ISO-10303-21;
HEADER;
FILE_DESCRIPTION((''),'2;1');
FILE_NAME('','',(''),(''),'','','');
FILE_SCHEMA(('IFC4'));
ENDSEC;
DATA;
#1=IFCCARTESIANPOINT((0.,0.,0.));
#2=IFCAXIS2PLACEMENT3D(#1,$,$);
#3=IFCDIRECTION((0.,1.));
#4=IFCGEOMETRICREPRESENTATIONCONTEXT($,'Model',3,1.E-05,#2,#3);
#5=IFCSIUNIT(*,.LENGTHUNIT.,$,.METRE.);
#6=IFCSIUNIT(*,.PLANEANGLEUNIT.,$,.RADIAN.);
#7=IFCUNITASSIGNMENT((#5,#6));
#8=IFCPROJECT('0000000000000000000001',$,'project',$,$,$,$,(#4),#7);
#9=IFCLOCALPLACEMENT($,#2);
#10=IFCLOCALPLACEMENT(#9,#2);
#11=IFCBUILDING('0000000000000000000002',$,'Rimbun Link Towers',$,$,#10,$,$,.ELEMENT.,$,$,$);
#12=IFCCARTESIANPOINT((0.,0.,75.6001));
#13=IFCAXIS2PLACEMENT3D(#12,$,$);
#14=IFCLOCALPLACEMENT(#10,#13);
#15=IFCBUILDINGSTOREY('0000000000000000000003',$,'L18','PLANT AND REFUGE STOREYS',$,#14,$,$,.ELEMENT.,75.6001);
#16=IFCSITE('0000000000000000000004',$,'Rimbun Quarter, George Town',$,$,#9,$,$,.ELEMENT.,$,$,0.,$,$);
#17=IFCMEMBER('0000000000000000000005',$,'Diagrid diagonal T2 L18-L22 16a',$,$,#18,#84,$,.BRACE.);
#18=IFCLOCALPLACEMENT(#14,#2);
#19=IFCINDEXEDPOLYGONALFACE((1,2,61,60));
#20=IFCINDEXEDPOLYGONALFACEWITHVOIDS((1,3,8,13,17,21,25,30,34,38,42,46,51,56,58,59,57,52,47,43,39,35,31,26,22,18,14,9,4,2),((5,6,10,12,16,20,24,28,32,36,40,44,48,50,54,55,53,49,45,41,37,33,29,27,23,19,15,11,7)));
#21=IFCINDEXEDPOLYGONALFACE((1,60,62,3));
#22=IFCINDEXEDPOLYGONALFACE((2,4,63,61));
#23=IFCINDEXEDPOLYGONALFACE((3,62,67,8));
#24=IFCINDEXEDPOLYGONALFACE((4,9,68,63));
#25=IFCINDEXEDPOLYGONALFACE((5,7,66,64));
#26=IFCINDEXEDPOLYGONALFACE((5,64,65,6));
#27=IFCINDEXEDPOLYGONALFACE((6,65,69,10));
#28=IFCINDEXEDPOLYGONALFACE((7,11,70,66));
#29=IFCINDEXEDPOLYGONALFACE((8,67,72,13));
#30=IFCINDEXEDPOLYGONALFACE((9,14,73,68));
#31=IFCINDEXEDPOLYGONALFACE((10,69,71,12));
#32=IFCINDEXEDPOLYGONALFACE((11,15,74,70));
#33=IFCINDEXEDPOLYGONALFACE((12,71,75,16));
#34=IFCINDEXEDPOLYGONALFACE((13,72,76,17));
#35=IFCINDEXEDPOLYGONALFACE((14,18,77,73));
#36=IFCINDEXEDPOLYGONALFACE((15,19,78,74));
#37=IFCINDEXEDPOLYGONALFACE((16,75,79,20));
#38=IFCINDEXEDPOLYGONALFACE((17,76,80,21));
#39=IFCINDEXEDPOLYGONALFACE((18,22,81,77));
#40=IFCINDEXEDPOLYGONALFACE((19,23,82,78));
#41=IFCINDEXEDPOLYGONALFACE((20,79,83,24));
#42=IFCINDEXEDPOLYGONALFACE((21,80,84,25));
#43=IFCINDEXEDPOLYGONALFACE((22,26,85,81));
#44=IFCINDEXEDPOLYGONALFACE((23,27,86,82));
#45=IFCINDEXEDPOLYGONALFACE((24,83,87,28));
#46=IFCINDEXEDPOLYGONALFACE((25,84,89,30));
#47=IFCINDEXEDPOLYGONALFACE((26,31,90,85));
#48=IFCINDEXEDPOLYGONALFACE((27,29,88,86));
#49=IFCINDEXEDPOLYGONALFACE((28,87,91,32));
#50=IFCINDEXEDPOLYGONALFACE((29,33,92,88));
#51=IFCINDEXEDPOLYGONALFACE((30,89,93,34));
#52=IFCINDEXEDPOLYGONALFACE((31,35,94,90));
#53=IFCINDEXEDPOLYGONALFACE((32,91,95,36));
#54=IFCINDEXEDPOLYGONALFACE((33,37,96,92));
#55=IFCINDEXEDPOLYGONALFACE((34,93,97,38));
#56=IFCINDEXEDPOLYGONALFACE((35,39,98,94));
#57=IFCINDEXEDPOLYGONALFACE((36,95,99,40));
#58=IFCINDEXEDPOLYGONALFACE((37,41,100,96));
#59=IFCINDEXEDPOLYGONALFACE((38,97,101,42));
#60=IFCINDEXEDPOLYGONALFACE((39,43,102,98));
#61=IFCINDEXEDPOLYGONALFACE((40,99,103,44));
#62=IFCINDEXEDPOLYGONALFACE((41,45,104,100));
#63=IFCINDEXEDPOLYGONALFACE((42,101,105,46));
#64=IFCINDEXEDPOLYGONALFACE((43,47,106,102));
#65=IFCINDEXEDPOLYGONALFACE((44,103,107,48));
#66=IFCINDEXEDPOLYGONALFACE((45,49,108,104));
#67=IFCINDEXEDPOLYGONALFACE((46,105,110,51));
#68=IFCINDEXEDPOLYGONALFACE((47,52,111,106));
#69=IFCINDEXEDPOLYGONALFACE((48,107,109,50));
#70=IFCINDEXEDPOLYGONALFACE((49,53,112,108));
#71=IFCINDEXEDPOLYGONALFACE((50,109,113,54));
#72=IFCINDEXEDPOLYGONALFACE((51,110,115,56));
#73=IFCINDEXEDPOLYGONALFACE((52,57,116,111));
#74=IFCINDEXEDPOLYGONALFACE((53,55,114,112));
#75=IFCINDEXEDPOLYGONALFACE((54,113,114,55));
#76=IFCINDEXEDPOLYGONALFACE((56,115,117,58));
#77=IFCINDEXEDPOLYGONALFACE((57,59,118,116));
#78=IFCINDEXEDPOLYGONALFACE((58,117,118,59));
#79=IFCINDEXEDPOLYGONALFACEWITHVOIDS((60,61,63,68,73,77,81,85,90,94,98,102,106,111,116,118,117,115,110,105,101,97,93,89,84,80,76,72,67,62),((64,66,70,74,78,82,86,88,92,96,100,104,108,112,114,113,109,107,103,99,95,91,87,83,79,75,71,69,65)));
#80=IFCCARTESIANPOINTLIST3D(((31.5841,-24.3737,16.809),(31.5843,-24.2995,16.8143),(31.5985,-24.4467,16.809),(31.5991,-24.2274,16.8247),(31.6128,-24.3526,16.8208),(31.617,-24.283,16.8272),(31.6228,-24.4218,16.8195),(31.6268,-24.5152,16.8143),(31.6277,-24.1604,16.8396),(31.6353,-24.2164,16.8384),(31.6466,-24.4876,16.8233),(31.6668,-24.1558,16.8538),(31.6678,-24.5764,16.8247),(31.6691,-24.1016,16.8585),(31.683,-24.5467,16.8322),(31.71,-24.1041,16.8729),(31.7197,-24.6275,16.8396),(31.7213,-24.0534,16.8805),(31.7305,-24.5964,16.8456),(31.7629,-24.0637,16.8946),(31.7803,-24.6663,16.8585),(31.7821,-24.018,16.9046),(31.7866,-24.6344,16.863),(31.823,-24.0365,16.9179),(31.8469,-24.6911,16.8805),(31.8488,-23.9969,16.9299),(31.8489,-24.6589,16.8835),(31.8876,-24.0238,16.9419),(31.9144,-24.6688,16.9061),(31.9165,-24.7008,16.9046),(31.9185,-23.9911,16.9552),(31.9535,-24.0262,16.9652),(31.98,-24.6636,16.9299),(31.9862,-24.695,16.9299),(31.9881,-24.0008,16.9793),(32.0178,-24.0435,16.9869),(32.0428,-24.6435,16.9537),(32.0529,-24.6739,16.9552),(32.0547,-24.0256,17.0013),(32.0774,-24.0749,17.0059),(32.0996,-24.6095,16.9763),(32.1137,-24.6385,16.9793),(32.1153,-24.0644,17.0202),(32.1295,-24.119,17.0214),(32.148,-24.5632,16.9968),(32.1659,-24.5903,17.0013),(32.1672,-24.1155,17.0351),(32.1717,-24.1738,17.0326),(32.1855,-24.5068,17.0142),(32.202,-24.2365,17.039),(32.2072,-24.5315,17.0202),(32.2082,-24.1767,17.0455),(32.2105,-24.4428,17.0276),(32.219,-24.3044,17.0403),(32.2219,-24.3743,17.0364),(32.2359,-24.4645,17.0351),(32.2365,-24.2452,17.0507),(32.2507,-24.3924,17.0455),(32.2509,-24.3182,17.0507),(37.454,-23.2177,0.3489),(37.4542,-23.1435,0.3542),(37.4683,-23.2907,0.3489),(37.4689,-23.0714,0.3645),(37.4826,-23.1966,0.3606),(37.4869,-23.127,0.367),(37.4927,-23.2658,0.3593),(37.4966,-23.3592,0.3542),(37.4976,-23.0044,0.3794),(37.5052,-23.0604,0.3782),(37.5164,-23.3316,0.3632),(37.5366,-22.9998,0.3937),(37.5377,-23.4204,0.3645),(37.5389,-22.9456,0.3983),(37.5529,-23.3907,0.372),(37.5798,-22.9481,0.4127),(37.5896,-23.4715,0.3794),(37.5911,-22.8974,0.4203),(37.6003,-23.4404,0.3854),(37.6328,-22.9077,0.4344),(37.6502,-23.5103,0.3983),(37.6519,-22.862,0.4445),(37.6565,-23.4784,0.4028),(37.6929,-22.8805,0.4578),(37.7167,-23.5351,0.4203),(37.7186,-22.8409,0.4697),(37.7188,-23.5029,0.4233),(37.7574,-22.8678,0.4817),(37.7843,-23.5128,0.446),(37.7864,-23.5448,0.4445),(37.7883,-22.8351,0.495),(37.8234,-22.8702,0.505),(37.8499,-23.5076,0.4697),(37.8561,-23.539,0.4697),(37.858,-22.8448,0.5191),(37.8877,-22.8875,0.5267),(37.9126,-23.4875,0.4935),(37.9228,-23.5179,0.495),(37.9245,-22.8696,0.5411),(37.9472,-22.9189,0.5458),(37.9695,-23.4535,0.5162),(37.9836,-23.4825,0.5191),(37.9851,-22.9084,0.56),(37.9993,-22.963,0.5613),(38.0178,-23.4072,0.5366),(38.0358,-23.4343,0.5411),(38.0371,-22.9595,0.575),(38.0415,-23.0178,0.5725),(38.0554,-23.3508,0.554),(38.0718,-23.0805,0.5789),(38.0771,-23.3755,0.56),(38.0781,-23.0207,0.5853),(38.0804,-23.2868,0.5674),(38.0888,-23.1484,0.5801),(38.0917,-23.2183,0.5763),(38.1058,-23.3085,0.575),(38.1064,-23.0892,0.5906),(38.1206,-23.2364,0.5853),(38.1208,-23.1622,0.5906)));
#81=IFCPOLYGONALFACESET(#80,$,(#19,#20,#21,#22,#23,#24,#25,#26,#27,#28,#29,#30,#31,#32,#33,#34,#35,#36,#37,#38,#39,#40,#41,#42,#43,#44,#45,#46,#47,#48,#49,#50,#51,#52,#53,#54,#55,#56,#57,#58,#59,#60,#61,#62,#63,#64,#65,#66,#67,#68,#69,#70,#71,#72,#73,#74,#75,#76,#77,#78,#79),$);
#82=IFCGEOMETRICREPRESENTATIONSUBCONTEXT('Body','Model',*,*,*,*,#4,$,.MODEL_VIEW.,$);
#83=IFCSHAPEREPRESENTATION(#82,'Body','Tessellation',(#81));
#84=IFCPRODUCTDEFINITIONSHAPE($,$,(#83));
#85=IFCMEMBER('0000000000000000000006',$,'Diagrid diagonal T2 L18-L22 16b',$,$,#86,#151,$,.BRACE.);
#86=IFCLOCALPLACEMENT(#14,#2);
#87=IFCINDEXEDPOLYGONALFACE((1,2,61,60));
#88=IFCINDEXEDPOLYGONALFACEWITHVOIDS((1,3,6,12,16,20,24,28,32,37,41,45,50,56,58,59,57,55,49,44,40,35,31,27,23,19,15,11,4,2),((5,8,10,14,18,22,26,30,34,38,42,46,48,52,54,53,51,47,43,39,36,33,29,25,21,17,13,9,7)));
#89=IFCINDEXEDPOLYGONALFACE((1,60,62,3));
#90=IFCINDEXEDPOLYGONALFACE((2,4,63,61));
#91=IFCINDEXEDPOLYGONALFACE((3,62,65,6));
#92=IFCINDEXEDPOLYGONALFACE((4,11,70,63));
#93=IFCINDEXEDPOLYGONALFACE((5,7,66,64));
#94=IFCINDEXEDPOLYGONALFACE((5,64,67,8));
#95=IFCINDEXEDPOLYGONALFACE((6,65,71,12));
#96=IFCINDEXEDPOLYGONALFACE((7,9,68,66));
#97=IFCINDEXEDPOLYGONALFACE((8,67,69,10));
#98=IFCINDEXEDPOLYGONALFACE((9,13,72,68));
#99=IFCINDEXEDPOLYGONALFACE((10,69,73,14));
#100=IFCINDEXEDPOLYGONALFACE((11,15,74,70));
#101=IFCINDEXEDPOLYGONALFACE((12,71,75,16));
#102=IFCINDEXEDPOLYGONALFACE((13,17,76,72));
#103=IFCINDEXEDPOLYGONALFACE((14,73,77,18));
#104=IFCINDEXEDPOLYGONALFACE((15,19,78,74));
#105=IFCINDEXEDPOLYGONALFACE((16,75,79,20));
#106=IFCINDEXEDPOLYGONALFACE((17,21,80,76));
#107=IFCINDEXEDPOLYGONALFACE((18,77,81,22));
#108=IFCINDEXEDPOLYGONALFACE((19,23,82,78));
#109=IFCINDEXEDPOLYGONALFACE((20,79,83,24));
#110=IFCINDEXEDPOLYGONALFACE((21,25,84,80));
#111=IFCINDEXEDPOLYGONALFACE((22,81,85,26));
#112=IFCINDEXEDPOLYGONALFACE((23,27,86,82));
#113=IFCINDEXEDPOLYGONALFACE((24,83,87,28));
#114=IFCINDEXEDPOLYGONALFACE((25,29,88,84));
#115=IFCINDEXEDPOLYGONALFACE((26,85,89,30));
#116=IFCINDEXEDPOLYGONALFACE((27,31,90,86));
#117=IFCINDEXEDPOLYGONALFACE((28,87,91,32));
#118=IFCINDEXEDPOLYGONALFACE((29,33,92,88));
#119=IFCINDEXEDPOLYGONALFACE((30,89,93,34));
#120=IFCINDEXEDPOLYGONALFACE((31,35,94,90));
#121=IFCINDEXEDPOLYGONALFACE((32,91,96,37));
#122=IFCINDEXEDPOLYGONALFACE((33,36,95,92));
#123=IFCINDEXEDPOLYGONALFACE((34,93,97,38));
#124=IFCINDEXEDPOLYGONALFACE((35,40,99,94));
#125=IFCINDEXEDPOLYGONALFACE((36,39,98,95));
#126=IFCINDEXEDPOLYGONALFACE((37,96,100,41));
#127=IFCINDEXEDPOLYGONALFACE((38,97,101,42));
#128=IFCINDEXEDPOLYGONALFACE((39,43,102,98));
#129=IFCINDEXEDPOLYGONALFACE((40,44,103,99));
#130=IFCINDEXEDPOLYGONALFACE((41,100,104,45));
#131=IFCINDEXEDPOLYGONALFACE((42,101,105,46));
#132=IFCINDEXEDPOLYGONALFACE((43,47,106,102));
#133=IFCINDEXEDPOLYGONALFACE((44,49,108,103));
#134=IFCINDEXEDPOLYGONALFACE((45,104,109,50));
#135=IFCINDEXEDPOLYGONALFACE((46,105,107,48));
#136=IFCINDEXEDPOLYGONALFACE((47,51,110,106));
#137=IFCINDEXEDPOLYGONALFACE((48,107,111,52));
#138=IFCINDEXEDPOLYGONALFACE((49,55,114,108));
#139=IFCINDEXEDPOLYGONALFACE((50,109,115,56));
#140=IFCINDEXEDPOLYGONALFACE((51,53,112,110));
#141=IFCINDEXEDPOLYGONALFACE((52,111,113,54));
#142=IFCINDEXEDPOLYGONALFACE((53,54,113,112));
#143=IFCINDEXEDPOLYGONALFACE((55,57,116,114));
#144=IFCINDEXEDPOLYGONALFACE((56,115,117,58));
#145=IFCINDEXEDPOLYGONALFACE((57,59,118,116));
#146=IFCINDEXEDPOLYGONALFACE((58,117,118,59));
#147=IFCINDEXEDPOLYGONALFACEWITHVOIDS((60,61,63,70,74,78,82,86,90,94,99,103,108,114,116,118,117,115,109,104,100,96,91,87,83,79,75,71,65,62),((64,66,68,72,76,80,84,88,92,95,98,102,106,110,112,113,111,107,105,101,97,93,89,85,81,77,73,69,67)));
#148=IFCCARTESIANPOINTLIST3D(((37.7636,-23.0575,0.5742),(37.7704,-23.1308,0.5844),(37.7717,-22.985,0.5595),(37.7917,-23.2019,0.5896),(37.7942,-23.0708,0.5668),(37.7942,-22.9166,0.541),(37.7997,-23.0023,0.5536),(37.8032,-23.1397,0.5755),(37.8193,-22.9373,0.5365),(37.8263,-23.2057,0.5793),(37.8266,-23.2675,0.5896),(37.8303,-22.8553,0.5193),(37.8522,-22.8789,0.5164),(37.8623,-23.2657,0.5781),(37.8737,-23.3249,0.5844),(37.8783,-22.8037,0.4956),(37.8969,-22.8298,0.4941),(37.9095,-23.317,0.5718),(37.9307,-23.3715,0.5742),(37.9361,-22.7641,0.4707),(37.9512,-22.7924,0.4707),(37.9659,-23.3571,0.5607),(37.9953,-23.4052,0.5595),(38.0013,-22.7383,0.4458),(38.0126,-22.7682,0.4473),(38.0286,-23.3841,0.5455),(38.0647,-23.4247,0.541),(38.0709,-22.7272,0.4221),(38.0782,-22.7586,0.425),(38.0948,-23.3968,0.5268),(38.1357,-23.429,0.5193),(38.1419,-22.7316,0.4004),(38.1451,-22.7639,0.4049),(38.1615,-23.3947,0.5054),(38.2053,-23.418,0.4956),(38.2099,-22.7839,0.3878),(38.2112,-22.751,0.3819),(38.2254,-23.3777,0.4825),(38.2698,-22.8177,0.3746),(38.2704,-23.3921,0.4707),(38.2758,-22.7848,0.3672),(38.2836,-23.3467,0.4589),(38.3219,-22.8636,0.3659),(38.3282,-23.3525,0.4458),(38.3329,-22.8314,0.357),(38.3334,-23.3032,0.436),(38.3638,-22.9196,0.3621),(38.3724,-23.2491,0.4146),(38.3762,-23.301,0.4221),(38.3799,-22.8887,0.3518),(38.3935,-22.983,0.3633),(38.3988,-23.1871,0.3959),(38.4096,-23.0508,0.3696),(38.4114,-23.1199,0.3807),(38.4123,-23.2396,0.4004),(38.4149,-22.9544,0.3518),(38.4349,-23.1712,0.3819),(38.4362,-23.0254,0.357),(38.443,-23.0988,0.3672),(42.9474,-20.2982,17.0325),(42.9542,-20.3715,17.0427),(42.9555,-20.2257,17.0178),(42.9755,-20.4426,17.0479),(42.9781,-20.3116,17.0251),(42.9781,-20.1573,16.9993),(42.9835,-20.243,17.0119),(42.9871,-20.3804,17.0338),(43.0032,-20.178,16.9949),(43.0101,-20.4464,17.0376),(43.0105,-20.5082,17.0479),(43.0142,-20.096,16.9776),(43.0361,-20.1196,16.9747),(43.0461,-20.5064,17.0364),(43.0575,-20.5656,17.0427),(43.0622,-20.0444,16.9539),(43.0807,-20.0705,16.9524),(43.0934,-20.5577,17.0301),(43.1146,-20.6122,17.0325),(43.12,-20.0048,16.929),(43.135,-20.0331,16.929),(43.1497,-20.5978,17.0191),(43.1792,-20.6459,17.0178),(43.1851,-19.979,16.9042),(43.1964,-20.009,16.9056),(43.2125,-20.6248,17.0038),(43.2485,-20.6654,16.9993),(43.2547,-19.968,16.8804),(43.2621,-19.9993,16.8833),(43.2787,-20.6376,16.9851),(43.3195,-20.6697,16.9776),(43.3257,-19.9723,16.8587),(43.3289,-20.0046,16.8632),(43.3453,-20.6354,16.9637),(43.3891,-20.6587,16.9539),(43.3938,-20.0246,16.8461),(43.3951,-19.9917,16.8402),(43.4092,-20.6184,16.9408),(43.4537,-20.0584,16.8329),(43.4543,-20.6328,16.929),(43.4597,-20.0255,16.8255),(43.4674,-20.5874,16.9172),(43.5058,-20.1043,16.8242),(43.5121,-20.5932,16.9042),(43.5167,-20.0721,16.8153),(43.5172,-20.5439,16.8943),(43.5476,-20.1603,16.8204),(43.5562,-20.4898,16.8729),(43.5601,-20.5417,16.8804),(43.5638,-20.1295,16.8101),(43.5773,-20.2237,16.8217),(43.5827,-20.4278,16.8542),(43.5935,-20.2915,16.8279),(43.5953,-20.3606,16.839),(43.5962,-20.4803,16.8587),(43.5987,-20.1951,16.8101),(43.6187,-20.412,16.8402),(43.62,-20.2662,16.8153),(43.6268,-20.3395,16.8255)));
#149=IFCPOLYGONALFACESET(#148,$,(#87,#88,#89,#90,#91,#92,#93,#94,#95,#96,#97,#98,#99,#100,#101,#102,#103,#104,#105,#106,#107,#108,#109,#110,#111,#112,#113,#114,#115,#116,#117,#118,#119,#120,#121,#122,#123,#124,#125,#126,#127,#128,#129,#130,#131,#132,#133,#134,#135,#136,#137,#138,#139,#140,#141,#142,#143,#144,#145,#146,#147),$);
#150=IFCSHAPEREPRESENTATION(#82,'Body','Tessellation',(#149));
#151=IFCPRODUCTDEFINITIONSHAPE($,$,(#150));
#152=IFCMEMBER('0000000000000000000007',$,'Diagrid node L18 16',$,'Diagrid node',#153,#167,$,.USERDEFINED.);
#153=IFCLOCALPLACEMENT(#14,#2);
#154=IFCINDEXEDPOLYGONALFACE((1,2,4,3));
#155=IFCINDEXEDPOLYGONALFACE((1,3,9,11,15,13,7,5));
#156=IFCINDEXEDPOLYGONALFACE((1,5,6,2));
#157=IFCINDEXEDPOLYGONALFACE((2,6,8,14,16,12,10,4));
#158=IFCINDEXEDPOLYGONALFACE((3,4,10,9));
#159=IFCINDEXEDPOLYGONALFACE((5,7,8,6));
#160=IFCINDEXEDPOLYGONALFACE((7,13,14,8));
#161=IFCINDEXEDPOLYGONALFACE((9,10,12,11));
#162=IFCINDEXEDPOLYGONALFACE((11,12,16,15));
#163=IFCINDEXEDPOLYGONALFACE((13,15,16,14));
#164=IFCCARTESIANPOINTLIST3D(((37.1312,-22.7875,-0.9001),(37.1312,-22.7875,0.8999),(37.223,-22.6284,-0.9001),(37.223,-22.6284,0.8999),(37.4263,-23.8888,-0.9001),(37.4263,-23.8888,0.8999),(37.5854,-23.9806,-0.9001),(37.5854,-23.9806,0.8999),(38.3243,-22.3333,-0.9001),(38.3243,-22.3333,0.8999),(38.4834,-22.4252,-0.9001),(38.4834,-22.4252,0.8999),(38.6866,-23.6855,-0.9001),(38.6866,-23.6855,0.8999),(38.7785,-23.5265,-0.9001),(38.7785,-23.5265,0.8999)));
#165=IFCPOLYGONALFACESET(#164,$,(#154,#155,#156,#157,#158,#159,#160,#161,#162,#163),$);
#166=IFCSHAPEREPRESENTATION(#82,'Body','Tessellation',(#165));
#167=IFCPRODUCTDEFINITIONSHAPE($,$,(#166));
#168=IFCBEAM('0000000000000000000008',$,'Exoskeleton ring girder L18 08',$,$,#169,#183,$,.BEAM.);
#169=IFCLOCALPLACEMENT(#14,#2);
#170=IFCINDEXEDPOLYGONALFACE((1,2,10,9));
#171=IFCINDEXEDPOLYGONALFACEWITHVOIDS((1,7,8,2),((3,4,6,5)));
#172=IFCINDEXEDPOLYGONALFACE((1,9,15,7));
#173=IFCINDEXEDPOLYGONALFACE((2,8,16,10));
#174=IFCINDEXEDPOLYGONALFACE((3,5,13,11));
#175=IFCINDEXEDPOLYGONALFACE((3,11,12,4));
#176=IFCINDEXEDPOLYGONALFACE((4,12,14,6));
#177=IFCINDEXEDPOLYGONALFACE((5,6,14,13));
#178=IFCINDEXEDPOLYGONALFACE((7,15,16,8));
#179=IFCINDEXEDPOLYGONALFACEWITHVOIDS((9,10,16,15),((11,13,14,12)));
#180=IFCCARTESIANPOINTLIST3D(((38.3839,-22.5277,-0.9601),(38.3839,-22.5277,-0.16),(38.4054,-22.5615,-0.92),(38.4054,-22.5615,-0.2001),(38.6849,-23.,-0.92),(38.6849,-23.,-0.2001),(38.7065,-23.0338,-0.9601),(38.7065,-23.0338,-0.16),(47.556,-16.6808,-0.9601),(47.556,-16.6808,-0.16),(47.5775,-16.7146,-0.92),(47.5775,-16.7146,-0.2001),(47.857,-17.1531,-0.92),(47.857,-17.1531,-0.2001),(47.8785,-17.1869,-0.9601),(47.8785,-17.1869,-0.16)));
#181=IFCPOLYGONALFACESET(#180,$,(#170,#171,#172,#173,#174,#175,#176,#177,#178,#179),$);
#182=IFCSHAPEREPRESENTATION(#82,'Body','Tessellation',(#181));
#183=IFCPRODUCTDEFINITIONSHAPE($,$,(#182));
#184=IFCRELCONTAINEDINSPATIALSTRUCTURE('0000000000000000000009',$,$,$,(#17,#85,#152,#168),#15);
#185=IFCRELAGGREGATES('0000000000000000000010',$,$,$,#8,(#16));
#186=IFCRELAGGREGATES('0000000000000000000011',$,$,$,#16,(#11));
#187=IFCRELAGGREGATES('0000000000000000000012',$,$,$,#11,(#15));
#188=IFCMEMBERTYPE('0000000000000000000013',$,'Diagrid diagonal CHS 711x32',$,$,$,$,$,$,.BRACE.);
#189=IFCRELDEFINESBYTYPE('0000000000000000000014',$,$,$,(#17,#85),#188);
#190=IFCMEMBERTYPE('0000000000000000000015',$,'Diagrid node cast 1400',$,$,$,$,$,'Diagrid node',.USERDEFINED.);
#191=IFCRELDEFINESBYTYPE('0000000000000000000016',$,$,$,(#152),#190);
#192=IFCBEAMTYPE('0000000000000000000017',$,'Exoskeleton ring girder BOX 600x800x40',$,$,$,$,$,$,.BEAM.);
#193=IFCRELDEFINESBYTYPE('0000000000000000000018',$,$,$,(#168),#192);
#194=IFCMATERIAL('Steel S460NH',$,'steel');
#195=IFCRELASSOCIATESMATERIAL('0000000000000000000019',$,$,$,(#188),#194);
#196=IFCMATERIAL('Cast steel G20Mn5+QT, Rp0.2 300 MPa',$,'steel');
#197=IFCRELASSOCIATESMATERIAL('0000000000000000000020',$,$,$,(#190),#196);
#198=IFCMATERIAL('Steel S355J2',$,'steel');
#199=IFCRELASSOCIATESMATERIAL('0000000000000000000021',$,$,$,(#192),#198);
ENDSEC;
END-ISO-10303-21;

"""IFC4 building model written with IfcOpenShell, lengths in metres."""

from ifc_helpers import new_model, si_unit, direction, frame, origin, origin_2d, place, context, subcontext, project, spatial, polyline, hollow_rectangle, hollow_circle, outline, extrude, material, material_profile, profile_set, type_object, element, save


model = new_model("IFC4")

# Units and contexts
model_context = context("Model", 3, precision=1e-05, world=origin(), true_north=direction((0.0, 1.0)))
body_context = subcontext(model_context, "Body", "Model", "MODEL_VIEW")
ifc_project = project(units=[si_unit("LENGTHUNIT", "METRE"), si_unit("PLANEANGLEUNIT", "RADIAN")], contexts=[model_context])

# Site, building, storey
site_placement = place(None, origin())
site = spatial("IfcSite", under=ifc_project, at=site_placement, Name="Rimbun Quarter, George Town", CompositionType="ELEMENT", RefElevation=0.0)
building_placement = place(site_placement, origin())
building = spatial("IfcBuilding", under=site, at=building_placement, Name="Rimbun Link Towers", CompositionType="ELEMENT")
storey_placement = place(building_placement, frame((0.0, 0.0, 75.6001)))
storey = spatial("IfcBuildingStorey", under=building, at=storey_placement, Name="L18", Description="PLANT AND REFUGE STOREYS", CompositionType="ELEMENT", Elevation=75.6001)

# Members
ifc_material_1 = material(Name="Steel S460NH", Category="steel")
ifc_material_profile_1 = material_profile(ifc_material_1, hollow_circle(Radius=0.3557, WallThickness=0.032, at=origin_2d()), Name="Diagrid diagonal CHS 711x32")
ifc_profile_set_1 = profile_set([ifc_material_profile_1], Name="Steel S460NH")
member_type_1 = type_object("IfcMemberType", Name="Diagrid diagonal CHS 711x32", PredefinedType="BRACE", material=ifc_profile_set_1)
member_1_placement = place(storey_placement, frame((37.7874, -23.1899, 0.4697), z_axis=(-0.335159, -0.066006, 0.939847), x_axis=(0.193227, -0.981154, 0.0)))
element("IfcMember", 1, at=member_1_placement, inside=storey, type_object=member_type_1, Name="Diagrid diagonal T2 L18-L22 16a", PredefinedType="BRACE", context=body_context, shape_type="SweptSolid", body=[
    extrude(hollow_circle(Radius=0.3557, WallThickness=0.032, at=origin_2d()), origin(), (0.0, 0.0, 1.0), 17.5137),
])
member_2_placement = place(storey_placement, frame((38.1033, -23.0781, 0.4707), z_axis=(0.296651, 0.157903, 0.941841), x_axis=(-0.469867, 0.882737, 0.0)))
element("IfcMember", 2, at=member_2_placement, inside=storey, type_object=member_type_1, Name="Diagrid diagonal T2 L18-L22 16b", PredefinedType="BRACE", context=body_context, shape_type="SweptSolid", body=[
    extrude(hollow_circle(Radius=0.3557, WallThickness=0.032, at=origin_2d()), origin(), (0.0, 0.0, 1.0), 17.4746),
])
ifc_material_2 = material(Name="Cast steel G20Mn5+QT, Rp0.2 300 MPa", Category="steel")
ifc_material_profile_2 = material_profile(ifc_material_2, outline(polyline([(0.7, -0.5701), (0.7, 0.5701), (0.5701, 0.7), (-0.5701, 0.7), (-0.7, 0.5701), (-0.7, -0.5701), (-0.5701, -0.7), (0.5701, -0.7), (0.7, -0.5701)])), Name="NODE 1400x1400")
ifc_profile_set_2 = profile_set([ifc_material_profile_2], Name="Cast steel G20Mn5+QT, Rp0.2 300 MPa")
member_type_2 = type_object("IfcMemberType", Name="Diagrid node cast 1400", ElementType="Diagrid node", PredefinedType="USERDEFINED", material=ifc_profile_set_2)
member_3_placement = place(storey_placement, frame((37.9548, -23.157, -0.9001), z_axis=(0.0, 0.0, 1.0), x_axis=(0.258819, -0.965926, 0.0)))
element("IfcMember", 3, at=member_3_placement, inside=storey, type_object=member_type_2, Name="Diagrid node L18 16", ObjectType="Diagrid node", PredefinedType="USERDEFINED", context=body_context, shape_type="SweptSolid", body=[
    extrude(outline(polyline([(0.7, -0.5701), (0.7, 0.5701), (0.5701, 0.7), (-0.5701, 0.7), (-0.7, 0.5701), (-0.7, -0.5701), (-0.5701, -0.7), (0.5701, -0.7), (0.7, -0.5701)])), origin(), (0.0, 0.0, 1.0), 1.8),
])

# Beam
ifc_material_3 = material(Name="Steel S355J2", Category="steel")
ifc_material_profile_3 = material_profile(ifc_material_3, hollow_rectangle(XDim=0.6001, YDim=0.8, WallThickness=0.04, at=origin_2d()), Name="Exoskeleton ring girder BOX 600x800x40")
ifc_profile_set_3 = profile_set([ifc_material_profile_3], Name="Steel S355J2")
beam_type_1 = type_object("IfcBeamType", Name="Exoskeleton ring girder BOX 600x800x40", PredefinedType="BEAM", material=ifc_profile_set_3)
beam_1_placement = place(storey_placement, frame((38.5452, -22.7808, -0.5601), z_axis=(0.84324, 0.537538, 0.0), x_axis=(-0.537538, 0.84324, 0.0)))
element("IfcBeam", 4, at=beam_1_placement, inside=storey, type_object=beam_type_1, Name="Exoskeleton ring girder L18 08", PredefinedType="BEAM", context=body_context, shape_type="SweptSolid", body=[
    extrude(hollow_rectangle(XDim=0.6001, YDim=0.8, WallThickness=0.04, at=origin_2d()), origin(), (0.0, 0.0, 1.0), 10.8772),
])

save(model, "model.ifc")
